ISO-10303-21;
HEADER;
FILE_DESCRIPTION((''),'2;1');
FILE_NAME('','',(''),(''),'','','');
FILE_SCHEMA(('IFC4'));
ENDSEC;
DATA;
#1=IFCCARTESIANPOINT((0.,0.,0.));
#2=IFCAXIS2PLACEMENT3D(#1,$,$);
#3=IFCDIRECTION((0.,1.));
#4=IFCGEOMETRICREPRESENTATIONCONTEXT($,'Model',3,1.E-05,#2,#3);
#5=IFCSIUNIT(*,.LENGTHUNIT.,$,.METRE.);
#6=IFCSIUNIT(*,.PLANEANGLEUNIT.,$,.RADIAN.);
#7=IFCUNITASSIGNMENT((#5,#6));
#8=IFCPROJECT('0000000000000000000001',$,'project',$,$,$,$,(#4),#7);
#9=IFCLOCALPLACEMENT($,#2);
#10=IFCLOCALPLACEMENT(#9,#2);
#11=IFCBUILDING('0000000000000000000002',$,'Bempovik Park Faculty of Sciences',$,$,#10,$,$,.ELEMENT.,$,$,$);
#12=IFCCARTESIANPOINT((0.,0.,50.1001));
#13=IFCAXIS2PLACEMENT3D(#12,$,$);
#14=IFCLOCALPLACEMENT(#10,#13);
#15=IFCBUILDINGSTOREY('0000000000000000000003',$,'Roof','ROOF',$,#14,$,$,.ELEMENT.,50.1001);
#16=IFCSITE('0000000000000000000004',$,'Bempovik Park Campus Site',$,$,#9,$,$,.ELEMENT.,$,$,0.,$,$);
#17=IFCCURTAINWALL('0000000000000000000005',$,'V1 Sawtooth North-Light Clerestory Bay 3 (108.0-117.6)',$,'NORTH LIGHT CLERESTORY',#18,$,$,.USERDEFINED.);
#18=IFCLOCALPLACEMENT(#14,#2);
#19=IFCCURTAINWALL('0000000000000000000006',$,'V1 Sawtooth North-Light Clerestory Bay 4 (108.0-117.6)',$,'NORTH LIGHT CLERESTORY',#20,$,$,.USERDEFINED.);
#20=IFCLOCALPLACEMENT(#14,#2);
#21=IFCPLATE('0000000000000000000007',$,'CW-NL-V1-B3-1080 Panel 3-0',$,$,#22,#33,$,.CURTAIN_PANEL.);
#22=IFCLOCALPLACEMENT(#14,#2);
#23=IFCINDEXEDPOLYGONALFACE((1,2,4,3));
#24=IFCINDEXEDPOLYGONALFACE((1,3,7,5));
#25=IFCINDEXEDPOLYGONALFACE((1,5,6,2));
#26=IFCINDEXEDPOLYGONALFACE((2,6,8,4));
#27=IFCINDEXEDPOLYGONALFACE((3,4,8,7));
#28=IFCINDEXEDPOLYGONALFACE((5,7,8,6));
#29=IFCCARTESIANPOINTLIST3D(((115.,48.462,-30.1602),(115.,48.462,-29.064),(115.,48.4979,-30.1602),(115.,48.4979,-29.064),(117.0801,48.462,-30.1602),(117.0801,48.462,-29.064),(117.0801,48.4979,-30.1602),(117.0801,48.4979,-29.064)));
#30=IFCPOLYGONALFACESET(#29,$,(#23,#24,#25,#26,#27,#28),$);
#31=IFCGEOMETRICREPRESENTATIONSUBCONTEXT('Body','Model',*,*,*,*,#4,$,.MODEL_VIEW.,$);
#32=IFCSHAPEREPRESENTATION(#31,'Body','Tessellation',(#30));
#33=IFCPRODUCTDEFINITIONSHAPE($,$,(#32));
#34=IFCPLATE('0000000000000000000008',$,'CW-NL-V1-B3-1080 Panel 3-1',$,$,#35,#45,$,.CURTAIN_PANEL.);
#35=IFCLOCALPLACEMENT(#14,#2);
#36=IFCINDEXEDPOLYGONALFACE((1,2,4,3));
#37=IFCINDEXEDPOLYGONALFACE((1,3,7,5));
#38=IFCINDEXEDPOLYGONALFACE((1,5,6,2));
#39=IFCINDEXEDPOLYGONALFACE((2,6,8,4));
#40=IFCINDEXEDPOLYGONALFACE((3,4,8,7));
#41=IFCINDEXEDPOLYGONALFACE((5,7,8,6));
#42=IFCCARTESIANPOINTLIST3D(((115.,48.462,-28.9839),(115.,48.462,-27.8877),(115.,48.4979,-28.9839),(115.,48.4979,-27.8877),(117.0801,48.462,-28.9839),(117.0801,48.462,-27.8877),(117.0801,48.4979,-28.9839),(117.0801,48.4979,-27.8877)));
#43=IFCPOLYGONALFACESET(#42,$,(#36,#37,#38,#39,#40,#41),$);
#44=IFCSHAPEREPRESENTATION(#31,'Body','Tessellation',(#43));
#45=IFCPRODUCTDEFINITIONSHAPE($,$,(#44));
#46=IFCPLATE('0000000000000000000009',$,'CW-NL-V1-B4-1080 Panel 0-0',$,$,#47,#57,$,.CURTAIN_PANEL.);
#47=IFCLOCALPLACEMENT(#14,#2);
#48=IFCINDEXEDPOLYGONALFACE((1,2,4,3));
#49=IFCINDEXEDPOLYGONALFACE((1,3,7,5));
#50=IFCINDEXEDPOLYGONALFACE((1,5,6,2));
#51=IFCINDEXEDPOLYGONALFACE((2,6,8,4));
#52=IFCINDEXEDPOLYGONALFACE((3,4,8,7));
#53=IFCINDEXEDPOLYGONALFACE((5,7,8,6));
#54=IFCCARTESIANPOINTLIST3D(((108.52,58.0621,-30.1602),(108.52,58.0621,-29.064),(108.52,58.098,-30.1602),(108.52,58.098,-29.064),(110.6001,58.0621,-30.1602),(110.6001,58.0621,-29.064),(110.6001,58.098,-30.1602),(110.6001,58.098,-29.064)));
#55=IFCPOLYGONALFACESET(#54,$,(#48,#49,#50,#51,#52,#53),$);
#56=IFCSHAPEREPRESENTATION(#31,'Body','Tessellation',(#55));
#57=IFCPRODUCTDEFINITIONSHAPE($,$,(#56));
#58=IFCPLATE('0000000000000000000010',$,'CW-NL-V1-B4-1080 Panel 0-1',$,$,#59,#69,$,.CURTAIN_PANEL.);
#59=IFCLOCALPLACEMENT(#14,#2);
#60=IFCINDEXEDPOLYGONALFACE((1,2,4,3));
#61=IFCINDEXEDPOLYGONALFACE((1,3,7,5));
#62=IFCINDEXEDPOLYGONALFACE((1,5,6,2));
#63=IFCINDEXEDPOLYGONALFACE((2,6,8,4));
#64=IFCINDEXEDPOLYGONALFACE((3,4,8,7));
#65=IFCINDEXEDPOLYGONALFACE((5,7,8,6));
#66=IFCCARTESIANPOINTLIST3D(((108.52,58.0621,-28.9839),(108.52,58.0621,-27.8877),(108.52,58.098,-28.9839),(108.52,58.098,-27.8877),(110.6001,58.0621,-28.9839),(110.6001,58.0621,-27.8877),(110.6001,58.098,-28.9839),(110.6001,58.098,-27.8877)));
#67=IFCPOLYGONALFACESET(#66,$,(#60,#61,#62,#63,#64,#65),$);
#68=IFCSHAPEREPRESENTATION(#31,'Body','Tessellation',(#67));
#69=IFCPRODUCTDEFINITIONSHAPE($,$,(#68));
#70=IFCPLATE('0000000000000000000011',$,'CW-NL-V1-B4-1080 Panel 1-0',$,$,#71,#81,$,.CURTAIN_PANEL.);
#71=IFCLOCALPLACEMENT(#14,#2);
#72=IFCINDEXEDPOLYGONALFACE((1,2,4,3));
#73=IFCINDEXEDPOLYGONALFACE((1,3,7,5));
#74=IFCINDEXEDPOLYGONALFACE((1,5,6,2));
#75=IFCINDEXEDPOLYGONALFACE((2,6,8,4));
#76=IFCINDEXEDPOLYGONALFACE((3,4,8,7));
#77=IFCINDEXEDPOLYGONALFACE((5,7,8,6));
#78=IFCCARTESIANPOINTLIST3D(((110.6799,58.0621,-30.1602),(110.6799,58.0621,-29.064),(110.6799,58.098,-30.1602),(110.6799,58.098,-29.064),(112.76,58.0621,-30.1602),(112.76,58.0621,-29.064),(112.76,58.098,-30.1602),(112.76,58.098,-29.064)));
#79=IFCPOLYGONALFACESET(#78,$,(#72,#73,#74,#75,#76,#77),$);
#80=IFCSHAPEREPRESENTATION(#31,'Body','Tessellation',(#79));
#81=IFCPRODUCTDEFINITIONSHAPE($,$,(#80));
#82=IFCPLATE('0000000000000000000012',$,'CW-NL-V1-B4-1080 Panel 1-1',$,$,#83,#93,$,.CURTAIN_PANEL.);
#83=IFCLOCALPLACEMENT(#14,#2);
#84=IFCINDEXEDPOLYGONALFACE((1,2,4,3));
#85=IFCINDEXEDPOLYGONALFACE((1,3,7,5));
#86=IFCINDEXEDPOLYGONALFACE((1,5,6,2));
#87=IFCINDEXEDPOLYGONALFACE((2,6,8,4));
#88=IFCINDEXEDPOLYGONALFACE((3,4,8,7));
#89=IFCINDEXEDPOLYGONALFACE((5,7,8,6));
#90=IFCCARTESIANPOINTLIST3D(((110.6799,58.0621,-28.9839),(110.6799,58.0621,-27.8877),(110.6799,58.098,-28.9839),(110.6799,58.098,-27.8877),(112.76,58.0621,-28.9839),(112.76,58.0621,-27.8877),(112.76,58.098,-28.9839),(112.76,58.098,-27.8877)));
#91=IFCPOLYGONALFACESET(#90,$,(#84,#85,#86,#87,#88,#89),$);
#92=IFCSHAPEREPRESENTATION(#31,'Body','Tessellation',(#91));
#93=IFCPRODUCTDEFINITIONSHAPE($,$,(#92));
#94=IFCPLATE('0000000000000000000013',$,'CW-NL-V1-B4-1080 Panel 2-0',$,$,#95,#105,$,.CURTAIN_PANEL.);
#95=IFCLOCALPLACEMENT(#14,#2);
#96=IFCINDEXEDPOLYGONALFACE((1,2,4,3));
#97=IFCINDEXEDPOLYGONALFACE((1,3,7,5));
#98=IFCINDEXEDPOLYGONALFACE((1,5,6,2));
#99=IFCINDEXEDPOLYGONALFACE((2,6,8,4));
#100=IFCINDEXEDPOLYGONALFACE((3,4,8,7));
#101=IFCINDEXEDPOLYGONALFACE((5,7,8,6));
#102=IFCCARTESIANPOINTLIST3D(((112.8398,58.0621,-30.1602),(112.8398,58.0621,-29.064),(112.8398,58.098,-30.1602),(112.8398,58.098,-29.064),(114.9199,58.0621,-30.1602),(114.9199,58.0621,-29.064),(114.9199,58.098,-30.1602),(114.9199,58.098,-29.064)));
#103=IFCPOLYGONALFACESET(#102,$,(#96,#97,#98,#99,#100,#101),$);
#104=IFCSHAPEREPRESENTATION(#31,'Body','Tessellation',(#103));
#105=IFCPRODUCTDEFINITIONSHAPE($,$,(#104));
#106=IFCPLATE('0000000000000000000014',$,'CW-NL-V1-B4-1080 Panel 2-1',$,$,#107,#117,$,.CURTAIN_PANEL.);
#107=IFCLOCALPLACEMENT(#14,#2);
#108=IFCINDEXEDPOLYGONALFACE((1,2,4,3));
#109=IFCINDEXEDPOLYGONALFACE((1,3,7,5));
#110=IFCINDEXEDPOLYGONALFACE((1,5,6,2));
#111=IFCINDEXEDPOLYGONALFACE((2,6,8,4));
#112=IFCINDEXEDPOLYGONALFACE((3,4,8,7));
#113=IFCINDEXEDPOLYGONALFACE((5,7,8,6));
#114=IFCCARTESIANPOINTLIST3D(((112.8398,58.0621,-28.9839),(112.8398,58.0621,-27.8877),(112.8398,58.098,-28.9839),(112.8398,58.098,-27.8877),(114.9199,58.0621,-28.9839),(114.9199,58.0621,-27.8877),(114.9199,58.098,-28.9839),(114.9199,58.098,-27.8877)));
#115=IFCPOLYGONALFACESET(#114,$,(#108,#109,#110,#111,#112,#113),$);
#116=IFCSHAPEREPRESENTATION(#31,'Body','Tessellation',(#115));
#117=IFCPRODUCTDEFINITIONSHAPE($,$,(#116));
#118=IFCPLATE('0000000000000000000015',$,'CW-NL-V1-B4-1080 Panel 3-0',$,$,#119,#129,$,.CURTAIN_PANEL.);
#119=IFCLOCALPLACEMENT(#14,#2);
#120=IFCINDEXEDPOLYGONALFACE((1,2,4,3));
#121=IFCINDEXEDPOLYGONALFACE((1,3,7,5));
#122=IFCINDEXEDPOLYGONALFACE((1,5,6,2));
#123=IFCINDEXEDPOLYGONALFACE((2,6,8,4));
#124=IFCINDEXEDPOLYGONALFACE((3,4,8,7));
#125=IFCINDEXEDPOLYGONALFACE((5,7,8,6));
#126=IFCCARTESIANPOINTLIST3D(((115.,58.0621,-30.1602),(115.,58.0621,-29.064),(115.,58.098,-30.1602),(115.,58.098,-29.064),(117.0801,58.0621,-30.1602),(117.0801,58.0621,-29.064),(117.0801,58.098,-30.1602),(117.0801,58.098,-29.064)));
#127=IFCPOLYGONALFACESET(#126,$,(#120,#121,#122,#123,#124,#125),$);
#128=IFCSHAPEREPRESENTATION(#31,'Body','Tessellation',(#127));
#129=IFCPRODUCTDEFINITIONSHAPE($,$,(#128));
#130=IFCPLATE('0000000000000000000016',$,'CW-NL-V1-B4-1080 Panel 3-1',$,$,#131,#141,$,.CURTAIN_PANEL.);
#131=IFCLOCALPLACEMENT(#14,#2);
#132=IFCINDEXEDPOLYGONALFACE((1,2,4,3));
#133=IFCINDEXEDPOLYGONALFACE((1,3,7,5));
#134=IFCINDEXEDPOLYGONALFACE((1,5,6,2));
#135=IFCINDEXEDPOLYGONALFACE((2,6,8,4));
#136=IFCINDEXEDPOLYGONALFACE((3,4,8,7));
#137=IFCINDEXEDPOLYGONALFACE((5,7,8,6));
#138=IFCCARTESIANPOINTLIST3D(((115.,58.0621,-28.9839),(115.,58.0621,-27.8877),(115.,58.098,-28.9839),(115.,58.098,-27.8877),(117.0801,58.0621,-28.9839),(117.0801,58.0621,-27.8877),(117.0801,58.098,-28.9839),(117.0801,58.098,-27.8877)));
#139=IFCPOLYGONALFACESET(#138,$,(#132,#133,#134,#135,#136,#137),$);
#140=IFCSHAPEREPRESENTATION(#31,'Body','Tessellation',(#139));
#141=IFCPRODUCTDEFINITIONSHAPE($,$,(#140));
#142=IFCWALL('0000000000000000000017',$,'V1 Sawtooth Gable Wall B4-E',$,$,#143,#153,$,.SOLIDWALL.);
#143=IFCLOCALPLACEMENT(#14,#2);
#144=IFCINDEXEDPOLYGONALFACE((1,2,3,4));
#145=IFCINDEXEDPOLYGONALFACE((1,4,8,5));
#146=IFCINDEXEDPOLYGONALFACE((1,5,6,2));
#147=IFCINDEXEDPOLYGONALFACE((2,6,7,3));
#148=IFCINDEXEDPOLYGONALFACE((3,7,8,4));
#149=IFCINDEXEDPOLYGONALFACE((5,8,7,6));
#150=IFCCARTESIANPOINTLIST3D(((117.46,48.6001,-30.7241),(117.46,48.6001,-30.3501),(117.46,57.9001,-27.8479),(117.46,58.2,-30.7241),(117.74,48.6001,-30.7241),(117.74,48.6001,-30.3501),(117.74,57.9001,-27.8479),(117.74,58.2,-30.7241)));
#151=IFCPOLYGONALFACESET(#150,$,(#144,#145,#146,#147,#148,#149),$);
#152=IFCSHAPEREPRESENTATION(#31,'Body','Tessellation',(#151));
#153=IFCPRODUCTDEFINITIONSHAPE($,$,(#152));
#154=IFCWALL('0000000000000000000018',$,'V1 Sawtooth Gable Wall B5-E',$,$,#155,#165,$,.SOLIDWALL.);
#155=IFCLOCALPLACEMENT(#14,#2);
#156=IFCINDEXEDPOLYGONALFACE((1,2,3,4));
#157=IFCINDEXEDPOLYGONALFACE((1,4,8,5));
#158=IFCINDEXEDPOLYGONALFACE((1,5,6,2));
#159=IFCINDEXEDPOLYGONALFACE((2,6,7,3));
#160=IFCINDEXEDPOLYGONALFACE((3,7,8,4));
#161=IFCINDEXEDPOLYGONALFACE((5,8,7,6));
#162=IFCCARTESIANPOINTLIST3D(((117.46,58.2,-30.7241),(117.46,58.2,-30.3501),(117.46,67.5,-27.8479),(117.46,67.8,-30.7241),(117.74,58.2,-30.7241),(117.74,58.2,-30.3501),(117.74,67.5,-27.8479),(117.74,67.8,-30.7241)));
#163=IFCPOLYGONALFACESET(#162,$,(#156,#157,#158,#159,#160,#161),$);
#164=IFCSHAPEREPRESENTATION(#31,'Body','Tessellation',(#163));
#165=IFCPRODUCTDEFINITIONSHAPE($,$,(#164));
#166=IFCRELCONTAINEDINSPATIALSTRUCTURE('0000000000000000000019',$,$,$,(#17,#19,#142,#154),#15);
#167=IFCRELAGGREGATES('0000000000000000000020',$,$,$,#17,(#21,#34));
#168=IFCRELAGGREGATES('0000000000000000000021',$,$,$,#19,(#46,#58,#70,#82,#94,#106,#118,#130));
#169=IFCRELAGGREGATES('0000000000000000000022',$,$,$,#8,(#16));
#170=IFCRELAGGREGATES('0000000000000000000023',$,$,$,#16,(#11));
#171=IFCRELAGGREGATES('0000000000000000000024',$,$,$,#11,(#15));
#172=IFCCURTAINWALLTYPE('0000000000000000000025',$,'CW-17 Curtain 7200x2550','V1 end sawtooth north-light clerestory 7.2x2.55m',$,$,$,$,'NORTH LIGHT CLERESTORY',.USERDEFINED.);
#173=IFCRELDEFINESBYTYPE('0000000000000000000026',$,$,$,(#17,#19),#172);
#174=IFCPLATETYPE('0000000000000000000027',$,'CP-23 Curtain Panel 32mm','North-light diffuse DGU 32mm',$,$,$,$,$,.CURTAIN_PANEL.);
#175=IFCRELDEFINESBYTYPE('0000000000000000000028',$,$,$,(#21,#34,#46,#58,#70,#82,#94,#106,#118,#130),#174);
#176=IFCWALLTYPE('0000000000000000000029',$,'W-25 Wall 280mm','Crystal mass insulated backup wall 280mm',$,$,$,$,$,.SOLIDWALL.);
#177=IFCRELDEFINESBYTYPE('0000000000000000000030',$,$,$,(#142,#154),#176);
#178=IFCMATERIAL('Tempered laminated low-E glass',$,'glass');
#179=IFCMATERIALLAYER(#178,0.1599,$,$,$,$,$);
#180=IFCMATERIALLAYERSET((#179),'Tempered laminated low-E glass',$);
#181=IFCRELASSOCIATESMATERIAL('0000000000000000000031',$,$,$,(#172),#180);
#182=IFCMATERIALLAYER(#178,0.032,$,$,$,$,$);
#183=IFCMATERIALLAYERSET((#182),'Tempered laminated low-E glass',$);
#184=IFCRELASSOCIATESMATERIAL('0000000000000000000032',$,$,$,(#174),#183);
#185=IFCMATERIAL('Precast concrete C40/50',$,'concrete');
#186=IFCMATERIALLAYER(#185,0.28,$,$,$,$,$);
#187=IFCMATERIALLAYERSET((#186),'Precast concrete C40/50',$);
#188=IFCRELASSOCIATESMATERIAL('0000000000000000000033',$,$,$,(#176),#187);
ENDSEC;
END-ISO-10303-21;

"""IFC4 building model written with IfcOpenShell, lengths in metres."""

from ifc_helpers import new_model, si_unit, direction, frame, origin, origin_2d, place, context, subcontext, project, spatial, polyline, rectangle, outline, extrude, material, layer, layer_set, type_object, element, aggregate, save


model = new_model("IFC4")

# Units and contexts
model_context = context("Model", 3, precision=1e-05, world=origin(), true_north=direction((0.0, 1.0)))
body_context = subcontext(model_context, "Body", "Model", "MODEL_VIEW")
ifc_project = project(units=[si_unit("LENGTHUNIT", "METRE"), si_unit("PLANEANGLEUNIT", "RADIAN")], contexts=[model_context])

# Site, building, storey
site_placement = place(None, origin())
site = spatial("IfcSite", under=ifc_project, at=site_placement, Name="Bempovik Park Campus Site", CompositionType="ELEMENT", RefElevation=0.0)
building_placement = place(site_placement, origin())
building = spatial("IfcBuilding", under=site, at=building_placement, Name="Bempovik Park Faculty of Sciences", CompositionType="ELEMENT")
storey_placement = place(building_placement, frame((0.0, 0.0, 50.1001)))
storey = spatial("IfcBuildingStorey", under=building, at=storey_placement, Name="Roof", Description="ROOF", CompositionType="ELEMENT", Elevation=50.1001)

# Curtain walls
ifc_material_1 = material(Name="Tempered laminated low-E glass", Category="glass")
ifc_layer_1 = layer(ifc_material_1, 0.1599)
ifc_layer_set_1 = layer_set([ifc_layer_1], Name="Tempered laminated low-E glass")
curtain_wall_type = type_object("IfcCurtainWallType", Name="CW-17 Curtain 7200x2550", Description="V1 end sawtooth north-light clerestory 7.2x2.55m", ElementType="NORTH LIGHT CLERESTORY", PredefinedType="USERDEFINED", material=ifc_layer_set_1)
curtain_wall_1_placement = place(storey_placement, origin())
curtain_wall_1 = element("IfcCurtainWall", 1, at=curtain_wall_1_placement, inside=storey, type_object=curtain_wall_type, Name="V1 Sawtooth North-Light Clerestory Bay 3 (108.0-117.6)", ObjectType="NORTH LIGHT CLERESTORY", PredefinedType="USERDEFINED")
curtain_wall_2_placement = place(storey_placement, origin())
curtain_wall_2 = element("IfcCurtainWall", 2, at=curtain_wall_2_placement, inside=storey, type_object=curtain_wall_type, Name="V1 Sawtooth North-Light Clerestory Bay 4 (108.0-117.6)", ObjectType="NORTH LIGHT CLERESTORY", PredefinedType="USERDEFINED")

# Plates
ifc_layer_2 = layer(ifc_material_1, 0.032)
ifc_layer_set_2 = layer_set([ifc_layer_2], Name="Tempered laminated low-E glass")
plate_type = type_object("IfcPlateType", Name="CP-23 Curtain Panel 32mm", Description="North-light diffuse DGU 32mm", PredefinedType="CURTAIN_PANEL", material=ifc_layer_set_2)
plate_1_placement = place(storey_placement, frame((116.04, 48.48, -30.1602), z_axis=(0.0, 0.0, 1.0), x_axis=(1.0, 0.0, 0.0)))
plate_1 = element("IfcPlate", 3, at=plate_1_placement, type_object=plate_type, Name="CW-NL-V1-B3-1080 Panel 3-0", PredefinedType="CURTAIN_PANEL", context=body_context, shape_type="SweptSolid", body=[
    extrude(rectangle(XDim=2.0801, YDim=0.0359, at=origin_2d()), origin(), (0.0, 0.0, 1.0), 1.0962),
])
plate_2_placement = place(storey_placement, frame((116.04, 48.48, -28.9839), z_axis=(0.0, 0.0, 1.0), x_axis=(1.0, 0.0, 0.0)))
plate_2 = element("IfcPlate", 4, at=plate_2_placement, type_object=plate_type, Name="CW-NL-V1-B3-1080 Panel 3-1", PredefinedType="CURTAIN_PANEL", context=body_context, shape_type="SweptSolid", body=[
    extrude(rectangle(XDim=2.0801, YDim=0.0359, at=origin_2d()), origin(), (0.0, 0.0, 1.0), 1.0962),
])
aggregate(curtain_wall_1, [plate_1, plate_2])
plate_3_placement = place(storey_placement, frame((109.5601, 58.0801, -30.1602), z_axis=(0.0, 0.0, 1.0), x_axis=(1.0, 0.0, 0.0)))
plate_3 = element("IfcPlate", 5, at=plate_3_placement, type_object=plate_type, Name="CW-NL-V1-B4-1080 Panel 0-0", PredefinedType="CURTAIN_PANEL", context=body_context, shape_type="SweptSolid", body=[
    extrude(rectangle(XDim=2.0801, YDim=0.0359, at=origin_2d()), origin(), (0.0, 0.0, 1.0), 1.0962),
])
plate_4_placement = place(storey_placement, frame((109.5601, 58.0801, -28.9839), z_axis=(0.0, 0.0, 1.0), x_axis=(1.0, 0.0, 0.0)))
plate_4 = element("IfcPlate", 6, at=plate_4_placement, type_object=plate_type, Name="CW-NL-V1-B4-1080 Panel 0-1", PredefinedType="CURTAIN_PANEL", context=body_context, shape_type="SweptSolid", body=[
    extrude(rectangle(XDim=2.0801, YDim=0.0359, at=origin_2d()), origin(), (0.0, 0.0, 1.0), 1.0962),
])
plate_5_placement = place(storey_placement, frame((111.72, 58.0801, -30.1602), z_axis=(0.0, 0.0, 1.0), x_axis=(1.0, 0.0, 0.0)))
plate_5 = element("IfcPlate", 7, at=plate_5_placement, type_object=plate_type, Name="CW-NL-V1-B4-1080 Panel 1-0", PredefinedType="CURTAIN_PANEL", context=body_context, shape_type="SweptSolid", body=[
    extrude(rectangle(XDim=2.0801, YDim=0.0359, at=origin_2d()), origin(), (0.0, 0.0, 1.0), 1.0962),
])
plate_6_placement = place(storey_placement, frame((111.72, 58.0801, -28.9839), z_axis=(0.0, 0.0, 1.0), x_axis=(1.0, 0.0, 0.0)))
plate_6 = element("IfcPlate", 8, at=plate_6_placement, type_object=plate_type, Name="CW-NL-V1-B4-1080 Panel 1-1", PredefinedType="CURTAIN_PANEL", context=body_context, shape_type="SweptSolid", body=[
    extrude(rectangle(XDim=2.0801, YDim=0.0359, at=origin_2d()), origin(), (0.0, 0.0, 1.0), 1.0962),
])
plate_7_placement = place(storey_placement, frame((113.8799, 58.0801, -30.1602), z_axis=(0.0, 0.0, 1.0), x_axis=(1.0, 0.0, 0.0)))
plate_7 = element("IfcPlate", 9, at=plate_7_placement, type_object=plate_type, Name="CW-NL-V1-B4-1080 Panel 2-0", PredefinedType="CURTAIN_PANEL", context=body_context, shape_type="SweptSolid", body=[
    extrude(rectangle(XDim=2.0801, YDim=0.0359, at=origin_2d()), origin(), (0.0, 0.0, 1.0), 1.0962),
])
plate_8_placement = place(storey_placement, frame((113.8799, 58.0801, -28.9839), z_axis=(0.0, 0.0, 1.0), x_axis=(1.0, 0.0, 0.0)))
plate_8 = element("IfcPlate", 10, at=plate_8_placement, type_object=plate_type, Name="CW-NL-V1-B4-1080 Panel 2-1", PredefinedType="CURTAIN_PANEL", context=body_context, shape_type="SweptSolid", body=[
    extrude(rectangle(XDim=2.0801, YDim=0.0359, at=origin_2d()), origin(), (0.0, 0.0, 1.0), 1.0962),
])
plate_9_placement = place(storey_placement, frame((116.04, 58.0801, -30.1602), z_axis=(0.0, 0.0, 1.0), x_axis=(1.0, 0.0, 0.0)))
plate_9 = element("IfcPlate", 11, at=plate_9_placement, type_object=plate_type, Name="CW-NL-V1-B4-1080 Panel 3-0", PredefinedType="CURTAIN_PANEL", context=body_context, shape_type="SweptSolid", body=[
    extrude(rectangle(XDim=2.0801, YDim=0.0359, at=origin_2d()), origin(), (0.0, 0.0, 1.0), 1.0962),
])
plate_10_placement = place(storey_placement, frame((116.04, 58.0801, -28.9839), z_axis=(0.0, 0.0, 1.0), x_axis=(1.0, 0.0, 0.0)))
plate_10 = element("IfcPlate", 12, at=plate_10_placement, type_object=plate_type, Name="CW-NL-V1-B4-1080 Panel 3-1", PredefinedType="CURTAIN_PANEL", context=body_context, shape_type="SweptSolid", body=[
    extrude(rectangle(XDim=2.0801, YDim=0.0359, at=origin_2d()), origin(), (0.0, 0.0, 1.0), 1.0962),
])
aggregate(curtain_wall_2, [plate_3, plate_4, plate_5, plate_6, plate_7, plate_8, plate_9, plate_10])

# Walls
ifc_material_2 = material(Name="Precast concrete C40/50", Category="concrete")
ifc_layer_3 = layer(ifc_material_2, 0.28)
ifc_layer_set_3 = layer_set([ifc_layer_3], Name="Precast concrete C40/50")
wall_type = type_object("IfcWallType", Name="W-25 Wall 280mm", Description="Crystal mass insulated backup wall 280mm", PredefinedType="SOLIDWALL", material=ifc_layer_set_3)
wall_1_placement = place(storey_placement, frame((117.6001, 48.6001, -30.7241), z_axis=(0.0, 0.0, 1.0), x_axis=(0.0, 1.0, 0.0)))
element("IfcWall", 13, at=wall_1_placement, inside=storey, type_object=wall_type, Name="V1 Sawtooth Gable Wall B4-E", PredefinedType="SOLIDWALL", context=body_context, shape_type="SweptSolid", body=[
    extrude(outline(polyline([(0.0, 0.0), (9.5999, 0.0), (9.3, 2.8762), (0.0, 0.374), (0.0, 0.0)])), frame((0.0, 0.1401, 0.0), z_axis=(0.0, -1.0, 0.0), x_axis=(1.0, 0.0, 0.0)), (0.0, 0.0, 1.0), 0.28),
])
wall_2_placement = place(storey_placement, frame((117.6001, 58.2, -30.7241), z_axis=(0.0, 0.0, 1.0), x_axis=(0.0, 1.0, 0.0)))
element("IfcWall", 14, at=wall_2_placement, inside=storey, type_object=wall_type, Name="V1 Sawtooth Gable Wall B5-E", PredefinedType="SOLIDWALL", context=body_context, shape_type="SweptSolid", body=[
    extrude(outline(polyline([(0.0, 0.0), (9.6001, 0.0), (9.3, 2.8762), (0.0, 0.374), (0.0, 0.0)])), frame((0.0, 0.1401, 0.0), z_axis=(0.0, -1.0, 0.0), x_axis=(1.0, 0.0, 0.0)), (0.0, 0.0, 1.0), 0.28),
])

save(model, "model.ifc")
